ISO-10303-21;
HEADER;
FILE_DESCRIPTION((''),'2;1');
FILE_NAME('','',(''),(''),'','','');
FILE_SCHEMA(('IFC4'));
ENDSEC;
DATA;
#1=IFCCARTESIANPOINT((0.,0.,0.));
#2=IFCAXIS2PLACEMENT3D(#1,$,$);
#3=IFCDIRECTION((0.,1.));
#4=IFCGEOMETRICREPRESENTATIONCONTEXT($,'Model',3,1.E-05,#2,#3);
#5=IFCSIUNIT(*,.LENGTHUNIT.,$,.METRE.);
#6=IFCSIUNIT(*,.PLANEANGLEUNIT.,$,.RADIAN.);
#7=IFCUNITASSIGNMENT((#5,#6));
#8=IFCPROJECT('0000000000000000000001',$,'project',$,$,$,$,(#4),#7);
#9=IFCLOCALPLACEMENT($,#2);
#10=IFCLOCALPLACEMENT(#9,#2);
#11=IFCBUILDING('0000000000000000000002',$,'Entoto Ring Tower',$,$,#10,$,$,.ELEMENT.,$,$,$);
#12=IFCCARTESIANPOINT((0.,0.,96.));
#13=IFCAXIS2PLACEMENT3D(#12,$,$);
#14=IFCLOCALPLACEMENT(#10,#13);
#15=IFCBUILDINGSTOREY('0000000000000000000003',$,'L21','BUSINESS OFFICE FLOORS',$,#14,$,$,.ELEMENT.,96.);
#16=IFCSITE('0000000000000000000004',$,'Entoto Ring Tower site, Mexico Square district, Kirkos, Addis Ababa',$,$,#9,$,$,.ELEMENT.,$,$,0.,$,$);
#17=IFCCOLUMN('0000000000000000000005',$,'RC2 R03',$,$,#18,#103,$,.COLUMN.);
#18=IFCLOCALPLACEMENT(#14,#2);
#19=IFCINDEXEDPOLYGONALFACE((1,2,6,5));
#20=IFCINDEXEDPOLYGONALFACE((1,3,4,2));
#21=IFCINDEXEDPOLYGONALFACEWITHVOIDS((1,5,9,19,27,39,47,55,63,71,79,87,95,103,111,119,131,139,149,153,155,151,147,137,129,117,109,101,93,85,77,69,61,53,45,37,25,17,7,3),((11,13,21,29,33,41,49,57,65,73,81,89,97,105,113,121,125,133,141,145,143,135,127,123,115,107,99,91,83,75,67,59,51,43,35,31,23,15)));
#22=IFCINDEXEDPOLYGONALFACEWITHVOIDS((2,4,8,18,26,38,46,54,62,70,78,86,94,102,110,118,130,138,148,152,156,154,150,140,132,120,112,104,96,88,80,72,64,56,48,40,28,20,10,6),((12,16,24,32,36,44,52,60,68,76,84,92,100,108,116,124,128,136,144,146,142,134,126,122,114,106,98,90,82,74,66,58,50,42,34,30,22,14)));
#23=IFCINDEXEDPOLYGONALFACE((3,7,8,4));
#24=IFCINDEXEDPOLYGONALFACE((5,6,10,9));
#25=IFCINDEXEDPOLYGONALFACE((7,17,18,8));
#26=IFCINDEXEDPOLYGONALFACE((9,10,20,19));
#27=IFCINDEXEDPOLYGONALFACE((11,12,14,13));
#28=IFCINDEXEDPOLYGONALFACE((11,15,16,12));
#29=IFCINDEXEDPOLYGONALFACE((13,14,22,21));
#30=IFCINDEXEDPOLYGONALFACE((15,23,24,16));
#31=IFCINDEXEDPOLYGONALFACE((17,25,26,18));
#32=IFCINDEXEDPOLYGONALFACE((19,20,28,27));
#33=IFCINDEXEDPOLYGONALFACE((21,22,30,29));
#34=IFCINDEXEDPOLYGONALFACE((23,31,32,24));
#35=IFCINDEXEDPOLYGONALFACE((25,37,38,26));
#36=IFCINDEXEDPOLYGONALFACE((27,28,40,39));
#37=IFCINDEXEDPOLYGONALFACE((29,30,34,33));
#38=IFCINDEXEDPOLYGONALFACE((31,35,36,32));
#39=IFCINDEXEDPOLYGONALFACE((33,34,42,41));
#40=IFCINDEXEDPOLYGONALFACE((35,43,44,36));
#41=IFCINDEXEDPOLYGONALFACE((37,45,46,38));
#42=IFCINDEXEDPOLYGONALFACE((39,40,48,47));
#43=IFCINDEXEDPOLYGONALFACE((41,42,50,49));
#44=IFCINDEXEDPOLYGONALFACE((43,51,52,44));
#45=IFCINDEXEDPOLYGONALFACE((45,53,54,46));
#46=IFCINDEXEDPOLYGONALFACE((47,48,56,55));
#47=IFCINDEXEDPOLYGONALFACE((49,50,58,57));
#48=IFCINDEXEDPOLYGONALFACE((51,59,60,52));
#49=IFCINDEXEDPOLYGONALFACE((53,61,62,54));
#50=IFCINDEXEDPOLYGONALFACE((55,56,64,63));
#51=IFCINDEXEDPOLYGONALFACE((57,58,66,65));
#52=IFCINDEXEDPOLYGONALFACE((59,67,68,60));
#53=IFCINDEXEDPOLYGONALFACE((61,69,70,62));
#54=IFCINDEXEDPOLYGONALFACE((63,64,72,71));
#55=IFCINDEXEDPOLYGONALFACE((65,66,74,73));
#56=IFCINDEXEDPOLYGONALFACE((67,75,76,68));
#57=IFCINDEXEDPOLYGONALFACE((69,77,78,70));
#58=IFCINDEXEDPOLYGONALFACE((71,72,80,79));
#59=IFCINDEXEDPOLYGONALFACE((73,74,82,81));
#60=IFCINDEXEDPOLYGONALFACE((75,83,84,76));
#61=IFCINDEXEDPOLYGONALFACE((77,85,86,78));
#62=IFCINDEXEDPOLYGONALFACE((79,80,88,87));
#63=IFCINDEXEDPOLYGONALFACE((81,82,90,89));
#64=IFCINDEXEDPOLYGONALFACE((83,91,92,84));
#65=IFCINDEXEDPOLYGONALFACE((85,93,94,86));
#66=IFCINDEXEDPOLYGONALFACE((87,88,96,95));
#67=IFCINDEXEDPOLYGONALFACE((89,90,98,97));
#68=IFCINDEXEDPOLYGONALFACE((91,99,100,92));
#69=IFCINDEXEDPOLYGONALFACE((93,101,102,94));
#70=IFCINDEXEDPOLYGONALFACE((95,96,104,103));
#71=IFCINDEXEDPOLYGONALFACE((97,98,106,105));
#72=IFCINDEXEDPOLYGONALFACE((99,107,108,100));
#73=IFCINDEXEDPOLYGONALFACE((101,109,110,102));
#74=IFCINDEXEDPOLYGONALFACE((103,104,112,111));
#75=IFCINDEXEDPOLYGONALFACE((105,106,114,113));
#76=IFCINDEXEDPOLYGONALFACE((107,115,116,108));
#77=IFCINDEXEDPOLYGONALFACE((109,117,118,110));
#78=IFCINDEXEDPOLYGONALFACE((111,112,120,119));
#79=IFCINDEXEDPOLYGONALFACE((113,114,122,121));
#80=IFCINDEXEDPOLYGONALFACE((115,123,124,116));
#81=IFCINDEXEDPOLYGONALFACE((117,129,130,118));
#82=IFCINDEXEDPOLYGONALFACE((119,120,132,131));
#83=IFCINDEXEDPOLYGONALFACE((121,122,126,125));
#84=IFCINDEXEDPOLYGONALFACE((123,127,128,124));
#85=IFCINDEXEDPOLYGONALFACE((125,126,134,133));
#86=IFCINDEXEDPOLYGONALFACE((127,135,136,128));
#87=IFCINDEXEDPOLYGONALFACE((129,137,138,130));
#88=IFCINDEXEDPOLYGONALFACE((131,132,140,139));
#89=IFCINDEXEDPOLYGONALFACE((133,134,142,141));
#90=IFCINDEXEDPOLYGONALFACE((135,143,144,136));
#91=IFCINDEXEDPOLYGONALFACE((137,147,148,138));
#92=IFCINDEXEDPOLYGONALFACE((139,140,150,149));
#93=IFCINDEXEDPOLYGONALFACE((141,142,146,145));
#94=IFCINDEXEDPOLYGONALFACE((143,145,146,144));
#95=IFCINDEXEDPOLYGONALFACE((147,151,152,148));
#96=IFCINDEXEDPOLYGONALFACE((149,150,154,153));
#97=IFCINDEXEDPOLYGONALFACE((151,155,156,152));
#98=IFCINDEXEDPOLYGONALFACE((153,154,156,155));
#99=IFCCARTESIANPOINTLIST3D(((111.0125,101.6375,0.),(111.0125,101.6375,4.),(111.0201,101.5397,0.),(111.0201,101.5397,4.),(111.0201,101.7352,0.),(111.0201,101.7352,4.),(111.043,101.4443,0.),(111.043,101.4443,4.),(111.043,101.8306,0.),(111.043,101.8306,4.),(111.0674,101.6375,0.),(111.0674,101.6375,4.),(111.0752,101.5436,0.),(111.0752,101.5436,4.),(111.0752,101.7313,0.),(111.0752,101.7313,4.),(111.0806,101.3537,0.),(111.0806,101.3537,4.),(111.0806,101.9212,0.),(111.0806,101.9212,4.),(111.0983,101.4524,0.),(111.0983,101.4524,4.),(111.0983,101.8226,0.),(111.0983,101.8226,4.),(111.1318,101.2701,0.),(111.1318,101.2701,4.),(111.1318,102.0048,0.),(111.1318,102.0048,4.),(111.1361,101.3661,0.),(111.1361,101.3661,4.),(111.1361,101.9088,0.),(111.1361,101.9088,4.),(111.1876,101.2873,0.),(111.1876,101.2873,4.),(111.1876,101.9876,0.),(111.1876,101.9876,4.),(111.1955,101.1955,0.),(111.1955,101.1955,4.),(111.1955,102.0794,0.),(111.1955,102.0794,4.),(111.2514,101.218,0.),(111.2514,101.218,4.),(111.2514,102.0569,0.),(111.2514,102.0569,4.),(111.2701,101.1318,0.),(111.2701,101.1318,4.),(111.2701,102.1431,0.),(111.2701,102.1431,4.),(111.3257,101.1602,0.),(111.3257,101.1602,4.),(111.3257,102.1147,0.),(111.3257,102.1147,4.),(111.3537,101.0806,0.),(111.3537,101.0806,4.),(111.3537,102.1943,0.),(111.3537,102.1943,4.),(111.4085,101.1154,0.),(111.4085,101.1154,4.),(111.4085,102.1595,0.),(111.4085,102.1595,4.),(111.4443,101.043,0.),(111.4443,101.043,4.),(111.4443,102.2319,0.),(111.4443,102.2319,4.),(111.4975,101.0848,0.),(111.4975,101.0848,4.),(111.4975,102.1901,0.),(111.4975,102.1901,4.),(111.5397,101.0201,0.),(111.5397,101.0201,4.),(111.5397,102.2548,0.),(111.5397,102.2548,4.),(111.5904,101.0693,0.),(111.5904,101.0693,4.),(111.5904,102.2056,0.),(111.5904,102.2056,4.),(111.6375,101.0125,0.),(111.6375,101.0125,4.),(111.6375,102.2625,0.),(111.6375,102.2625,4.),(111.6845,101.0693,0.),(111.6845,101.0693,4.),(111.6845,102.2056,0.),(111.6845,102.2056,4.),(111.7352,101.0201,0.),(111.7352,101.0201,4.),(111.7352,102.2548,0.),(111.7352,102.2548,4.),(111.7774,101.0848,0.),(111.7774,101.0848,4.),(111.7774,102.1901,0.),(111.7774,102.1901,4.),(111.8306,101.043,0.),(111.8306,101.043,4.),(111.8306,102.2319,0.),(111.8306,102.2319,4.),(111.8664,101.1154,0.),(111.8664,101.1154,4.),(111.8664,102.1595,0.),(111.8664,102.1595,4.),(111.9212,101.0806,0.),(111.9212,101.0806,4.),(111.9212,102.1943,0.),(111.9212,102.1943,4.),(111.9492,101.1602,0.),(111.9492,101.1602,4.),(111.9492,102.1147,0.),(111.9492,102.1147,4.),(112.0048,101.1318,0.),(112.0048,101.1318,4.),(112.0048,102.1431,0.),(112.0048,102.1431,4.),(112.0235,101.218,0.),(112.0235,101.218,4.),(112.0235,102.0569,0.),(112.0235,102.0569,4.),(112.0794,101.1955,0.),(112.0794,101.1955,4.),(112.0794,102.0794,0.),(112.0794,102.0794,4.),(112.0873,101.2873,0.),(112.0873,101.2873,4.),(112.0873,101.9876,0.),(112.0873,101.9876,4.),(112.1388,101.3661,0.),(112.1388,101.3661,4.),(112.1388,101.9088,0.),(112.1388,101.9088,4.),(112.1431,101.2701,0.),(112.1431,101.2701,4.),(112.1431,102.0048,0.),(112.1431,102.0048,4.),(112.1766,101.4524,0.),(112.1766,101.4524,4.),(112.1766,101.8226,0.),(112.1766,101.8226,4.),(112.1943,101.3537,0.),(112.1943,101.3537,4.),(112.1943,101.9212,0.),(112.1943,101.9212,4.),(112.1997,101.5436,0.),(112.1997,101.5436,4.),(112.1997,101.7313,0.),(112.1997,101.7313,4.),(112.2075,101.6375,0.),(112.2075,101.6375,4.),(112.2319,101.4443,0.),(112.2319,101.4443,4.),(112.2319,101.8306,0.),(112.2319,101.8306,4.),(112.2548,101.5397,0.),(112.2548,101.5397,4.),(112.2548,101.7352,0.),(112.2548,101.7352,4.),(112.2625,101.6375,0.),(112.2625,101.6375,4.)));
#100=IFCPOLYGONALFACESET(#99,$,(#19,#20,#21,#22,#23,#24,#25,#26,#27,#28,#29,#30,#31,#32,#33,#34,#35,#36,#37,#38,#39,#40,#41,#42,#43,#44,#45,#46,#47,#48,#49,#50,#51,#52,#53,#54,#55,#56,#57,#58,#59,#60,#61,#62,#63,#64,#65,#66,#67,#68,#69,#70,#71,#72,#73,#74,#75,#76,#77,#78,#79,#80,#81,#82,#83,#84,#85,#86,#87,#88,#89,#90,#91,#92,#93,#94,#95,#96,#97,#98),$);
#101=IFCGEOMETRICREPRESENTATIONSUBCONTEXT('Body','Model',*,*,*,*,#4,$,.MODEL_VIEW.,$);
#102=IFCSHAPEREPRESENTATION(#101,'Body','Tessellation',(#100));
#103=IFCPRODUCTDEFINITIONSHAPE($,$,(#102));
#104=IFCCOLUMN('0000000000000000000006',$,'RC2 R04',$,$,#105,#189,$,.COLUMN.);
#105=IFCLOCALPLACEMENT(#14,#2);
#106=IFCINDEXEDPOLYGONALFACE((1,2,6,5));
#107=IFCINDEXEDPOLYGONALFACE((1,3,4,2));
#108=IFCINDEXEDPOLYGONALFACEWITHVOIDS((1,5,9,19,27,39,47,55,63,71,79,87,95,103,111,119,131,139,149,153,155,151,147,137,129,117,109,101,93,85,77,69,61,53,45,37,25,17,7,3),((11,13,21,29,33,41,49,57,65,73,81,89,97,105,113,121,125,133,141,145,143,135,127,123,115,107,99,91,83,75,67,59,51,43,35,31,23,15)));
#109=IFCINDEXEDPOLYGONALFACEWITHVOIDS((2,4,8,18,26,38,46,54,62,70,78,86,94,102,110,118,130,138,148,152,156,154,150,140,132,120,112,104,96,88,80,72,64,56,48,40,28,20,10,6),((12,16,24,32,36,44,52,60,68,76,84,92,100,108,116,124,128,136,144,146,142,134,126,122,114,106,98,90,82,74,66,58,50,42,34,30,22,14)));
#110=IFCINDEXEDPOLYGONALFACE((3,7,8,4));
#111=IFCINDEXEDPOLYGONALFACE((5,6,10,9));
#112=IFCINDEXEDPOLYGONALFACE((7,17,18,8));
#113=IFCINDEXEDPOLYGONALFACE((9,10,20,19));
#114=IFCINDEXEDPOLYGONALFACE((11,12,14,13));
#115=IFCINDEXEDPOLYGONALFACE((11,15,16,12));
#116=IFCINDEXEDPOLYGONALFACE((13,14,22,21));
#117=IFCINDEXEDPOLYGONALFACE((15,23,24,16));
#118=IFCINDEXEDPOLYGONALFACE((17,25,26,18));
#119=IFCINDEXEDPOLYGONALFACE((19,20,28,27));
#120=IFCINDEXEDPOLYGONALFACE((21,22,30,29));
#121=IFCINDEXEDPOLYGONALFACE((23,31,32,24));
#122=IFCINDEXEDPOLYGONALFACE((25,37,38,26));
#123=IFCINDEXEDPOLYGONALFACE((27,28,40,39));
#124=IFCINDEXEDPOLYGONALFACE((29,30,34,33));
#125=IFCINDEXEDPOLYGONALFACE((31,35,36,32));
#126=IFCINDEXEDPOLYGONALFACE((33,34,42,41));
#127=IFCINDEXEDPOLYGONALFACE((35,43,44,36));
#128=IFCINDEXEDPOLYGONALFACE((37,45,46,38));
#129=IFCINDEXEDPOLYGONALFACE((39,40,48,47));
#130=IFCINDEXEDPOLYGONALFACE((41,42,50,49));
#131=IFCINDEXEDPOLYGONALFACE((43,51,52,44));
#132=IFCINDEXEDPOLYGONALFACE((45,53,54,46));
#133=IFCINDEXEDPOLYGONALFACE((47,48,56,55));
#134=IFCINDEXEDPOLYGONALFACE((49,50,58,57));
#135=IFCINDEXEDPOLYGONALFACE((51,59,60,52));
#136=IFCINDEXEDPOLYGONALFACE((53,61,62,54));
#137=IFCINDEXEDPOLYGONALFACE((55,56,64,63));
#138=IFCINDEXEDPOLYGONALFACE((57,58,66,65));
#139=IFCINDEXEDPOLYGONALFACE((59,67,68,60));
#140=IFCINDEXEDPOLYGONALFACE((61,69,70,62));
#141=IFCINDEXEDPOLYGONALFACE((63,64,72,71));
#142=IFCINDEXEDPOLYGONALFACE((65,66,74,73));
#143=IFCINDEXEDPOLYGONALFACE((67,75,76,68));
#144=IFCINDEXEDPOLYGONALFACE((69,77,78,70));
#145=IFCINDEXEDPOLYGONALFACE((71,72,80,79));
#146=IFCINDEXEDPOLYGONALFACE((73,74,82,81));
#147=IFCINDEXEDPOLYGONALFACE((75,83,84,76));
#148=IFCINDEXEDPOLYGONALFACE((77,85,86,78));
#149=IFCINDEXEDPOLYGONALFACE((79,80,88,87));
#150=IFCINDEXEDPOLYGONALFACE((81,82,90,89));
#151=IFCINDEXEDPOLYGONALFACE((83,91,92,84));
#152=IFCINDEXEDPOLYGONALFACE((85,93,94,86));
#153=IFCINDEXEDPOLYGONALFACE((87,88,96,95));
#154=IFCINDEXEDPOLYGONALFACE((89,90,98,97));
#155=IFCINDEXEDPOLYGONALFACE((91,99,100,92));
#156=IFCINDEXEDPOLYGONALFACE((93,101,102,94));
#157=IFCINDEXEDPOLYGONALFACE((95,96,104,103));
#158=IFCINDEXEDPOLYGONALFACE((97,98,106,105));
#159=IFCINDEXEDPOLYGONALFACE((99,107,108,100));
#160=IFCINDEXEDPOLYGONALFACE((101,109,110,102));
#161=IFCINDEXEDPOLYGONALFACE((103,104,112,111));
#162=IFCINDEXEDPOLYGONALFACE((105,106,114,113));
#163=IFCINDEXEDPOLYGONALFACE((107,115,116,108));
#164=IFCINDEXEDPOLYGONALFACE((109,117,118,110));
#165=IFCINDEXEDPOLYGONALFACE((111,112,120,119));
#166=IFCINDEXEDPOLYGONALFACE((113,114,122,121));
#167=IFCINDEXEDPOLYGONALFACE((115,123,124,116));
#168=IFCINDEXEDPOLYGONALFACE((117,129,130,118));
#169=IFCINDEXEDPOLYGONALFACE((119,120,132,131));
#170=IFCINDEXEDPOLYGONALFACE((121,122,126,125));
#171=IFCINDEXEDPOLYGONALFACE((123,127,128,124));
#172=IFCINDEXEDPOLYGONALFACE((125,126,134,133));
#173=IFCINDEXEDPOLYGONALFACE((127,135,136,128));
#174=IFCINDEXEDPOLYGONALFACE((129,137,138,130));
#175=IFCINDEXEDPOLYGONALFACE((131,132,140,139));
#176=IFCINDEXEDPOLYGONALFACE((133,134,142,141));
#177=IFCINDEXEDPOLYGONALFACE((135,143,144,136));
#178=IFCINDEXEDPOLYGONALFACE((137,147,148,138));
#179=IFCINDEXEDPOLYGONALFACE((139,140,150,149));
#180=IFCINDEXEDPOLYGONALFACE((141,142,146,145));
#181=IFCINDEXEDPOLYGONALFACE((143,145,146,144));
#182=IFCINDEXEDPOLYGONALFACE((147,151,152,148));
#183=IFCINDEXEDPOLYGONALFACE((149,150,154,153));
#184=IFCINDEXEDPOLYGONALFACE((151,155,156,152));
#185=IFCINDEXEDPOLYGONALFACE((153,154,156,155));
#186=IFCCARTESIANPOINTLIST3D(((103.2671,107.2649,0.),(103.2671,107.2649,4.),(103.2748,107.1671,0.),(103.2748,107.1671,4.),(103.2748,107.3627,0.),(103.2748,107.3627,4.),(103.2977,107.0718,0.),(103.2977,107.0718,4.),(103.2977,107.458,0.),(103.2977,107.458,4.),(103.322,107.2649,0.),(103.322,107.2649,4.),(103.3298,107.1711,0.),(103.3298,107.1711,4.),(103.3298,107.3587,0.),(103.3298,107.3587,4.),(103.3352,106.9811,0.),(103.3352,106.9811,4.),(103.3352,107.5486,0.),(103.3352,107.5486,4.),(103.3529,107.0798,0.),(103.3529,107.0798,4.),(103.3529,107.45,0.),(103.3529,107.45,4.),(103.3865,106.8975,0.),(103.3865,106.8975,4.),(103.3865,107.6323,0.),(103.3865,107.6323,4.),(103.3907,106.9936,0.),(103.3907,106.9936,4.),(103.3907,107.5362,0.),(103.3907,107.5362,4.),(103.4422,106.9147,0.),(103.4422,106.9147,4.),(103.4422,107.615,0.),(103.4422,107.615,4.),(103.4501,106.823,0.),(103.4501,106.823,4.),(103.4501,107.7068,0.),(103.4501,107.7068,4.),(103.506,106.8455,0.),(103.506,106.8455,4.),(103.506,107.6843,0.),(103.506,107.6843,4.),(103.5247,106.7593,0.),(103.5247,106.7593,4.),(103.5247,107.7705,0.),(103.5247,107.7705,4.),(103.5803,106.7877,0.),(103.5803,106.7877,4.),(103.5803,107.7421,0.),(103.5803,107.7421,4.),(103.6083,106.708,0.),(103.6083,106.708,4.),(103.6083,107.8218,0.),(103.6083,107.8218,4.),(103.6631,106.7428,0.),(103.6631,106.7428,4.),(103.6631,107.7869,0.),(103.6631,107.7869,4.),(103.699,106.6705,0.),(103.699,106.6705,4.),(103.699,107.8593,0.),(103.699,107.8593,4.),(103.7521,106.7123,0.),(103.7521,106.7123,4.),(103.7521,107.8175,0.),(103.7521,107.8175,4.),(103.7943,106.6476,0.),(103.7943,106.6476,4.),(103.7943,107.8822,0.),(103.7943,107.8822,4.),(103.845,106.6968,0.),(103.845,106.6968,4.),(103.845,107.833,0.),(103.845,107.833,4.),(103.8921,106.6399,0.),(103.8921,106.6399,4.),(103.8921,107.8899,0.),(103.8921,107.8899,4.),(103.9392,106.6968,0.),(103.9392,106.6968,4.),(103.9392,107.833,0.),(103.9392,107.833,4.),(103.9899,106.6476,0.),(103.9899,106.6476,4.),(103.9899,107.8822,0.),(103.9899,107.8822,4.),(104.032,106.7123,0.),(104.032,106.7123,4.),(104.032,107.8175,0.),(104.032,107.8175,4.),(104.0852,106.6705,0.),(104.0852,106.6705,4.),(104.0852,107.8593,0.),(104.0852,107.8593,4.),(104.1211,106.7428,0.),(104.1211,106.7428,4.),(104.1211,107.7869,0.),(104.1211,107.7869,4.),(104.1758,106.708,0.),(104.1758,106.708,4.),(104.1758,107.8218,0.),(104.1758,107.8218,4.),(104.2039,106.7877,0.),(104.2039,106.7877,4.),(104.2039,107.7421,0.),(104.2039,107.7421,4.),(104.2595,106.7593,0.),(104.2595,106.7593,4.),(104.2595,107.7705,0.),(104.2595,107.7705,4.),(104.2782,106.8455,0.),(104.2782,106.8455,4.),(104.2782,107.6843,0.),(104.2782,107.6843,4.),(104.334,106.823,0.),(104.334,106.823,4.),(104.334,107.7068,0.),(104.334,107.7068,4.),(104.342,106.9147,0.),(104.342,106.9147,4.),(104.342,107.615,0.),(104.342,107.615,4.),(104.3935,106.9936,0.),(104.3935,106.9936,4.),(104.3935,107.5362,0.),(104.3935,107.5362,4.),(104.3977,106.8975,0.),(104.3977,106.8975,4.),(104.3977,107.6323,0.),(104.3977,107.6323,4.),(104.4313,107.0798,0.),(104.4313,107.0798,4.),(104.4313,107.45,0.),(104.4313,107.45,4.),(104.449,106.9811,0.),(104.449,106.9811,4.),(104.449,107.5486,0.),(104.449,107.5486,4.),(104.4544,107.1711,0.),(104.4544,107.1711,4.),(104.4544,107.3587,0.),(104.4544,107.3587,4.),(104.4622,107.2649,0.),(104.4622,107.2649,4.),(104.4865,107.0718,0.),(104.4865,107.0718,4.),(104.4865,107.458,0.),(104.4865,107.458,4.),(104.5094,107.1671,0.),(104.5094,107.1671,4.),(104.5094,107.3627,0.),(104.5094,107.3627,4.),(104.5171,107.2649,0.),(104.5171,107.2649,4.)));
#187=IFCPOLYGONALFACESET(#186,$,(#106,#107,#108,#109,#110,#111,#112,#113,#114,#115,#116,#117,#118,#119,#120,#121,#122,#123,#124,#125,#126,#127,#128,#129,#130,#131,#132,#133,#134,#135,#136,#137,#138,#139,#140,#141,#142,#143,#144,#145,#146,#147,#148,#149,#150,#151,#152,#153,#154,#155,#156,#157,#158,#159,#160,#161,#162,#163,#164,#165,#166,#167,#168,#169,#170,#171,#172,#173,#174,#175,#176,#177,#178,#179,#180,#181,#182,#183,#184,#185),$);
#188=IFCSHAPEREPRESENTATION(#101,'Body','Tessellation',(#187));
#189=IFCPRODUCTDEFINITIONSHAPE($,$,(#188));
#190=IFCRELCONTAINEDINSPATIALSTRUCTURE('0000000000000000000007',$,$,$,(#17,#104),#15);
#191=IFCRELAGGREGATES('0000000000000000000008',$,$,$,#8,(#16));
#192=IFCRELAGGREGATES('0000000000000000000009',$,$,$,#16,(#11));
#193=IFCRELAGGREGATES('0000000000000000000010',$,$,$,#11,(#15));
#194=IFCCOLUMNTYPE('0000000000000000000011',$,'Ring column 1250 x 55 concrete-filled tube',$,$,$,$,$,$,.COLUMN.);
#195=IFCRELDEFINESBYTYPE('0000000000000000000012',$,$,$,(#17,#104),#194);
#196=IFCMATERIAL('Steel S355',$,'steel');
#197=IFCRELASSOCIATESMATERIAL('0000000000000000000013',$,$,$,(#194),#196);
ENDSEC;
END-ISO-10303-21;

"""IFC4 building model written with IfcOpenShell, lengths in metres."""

from ifc_helpers import new_model, si_unit, direction, frame, origin, origin_2d, place, context, subcontext, project, spatial, circle, hollow_circle, extrude, material, material_profile, profile_set, type_object, element, save


model = new_model("IFC4")

# Units and contexts
model_context = context("Model", 3, precision=1e-05, world=origin(), true_north=direction((0.0, 1.0)))
body_context = subcontext(model_context, "Body", "Model", "MODEL_VIEW")
ifc_project = project(units=[si_unit("LENGTHUNIT", "METRE"), si_unit("PLANEANGLEUNIT", "RADIAN")], contexts=[model_context])

# Site, building, storey
site_placement = place(None, origin())
site = spatial("IfcSite", under=ifc_project, at=site_placement, Name="Entoto Ring Tower site, Mexico Square district, Kirkos, Addis Ababa", CompositionType="ELEMENT", RefElevation=0.0)
building_placement = place(site_placement, origin())
building = spatial("IfcBuilding", under=site, at=building_placement, Name="Entoto Ring Tower", CompositionType="ELEMENT")
storey_placement = place(building_placement, frame((0.0, 0.0, 96.0)))
storey = spatial("IfcBuildingStorey", under=building, at=storey_placement, Name="L21", Description="BUSINESS OFFICE FLOORS", CompositionType="ELEMENT", Elevation=96.0)

# Columns
ifc_material_1 = material(Name="Steel S355", Category="steel")
ifc_material_profile_1 = material_profile(ifc_material_1, hollow_circle(Radius=0.625, WallThickness=0.0549, at=origin_2d()), Name="CHS 1250 x 55")
ifc_material_2 = material(Name="Concrete C60/75", Category="concrete")
ifc_material_profile_2 = material_profile(ifc_material_2, circle(Radius=0.5701, at=origin_2d()), Name="Concrete C60/75 infill")
ifc_profile_set_1 = profile_set([ifc_material_profile_1, ifc_material_profile_2], Name="Steel S355")
column_type = type_object("IfcColumnType", Name="Ring column 1250 x 55 concrete-filled tube", PredefinedType="COLUMN", material=ifc_profile_set_1)
for number, where, z_axis, x_axis, name in (
    (1, (111.6375, 101.6375, 0.0), (0.0, 0.0, 1.0), (1.0, 0.0, 0.0), "RC2 R03"),
    (2, (103.8921, 107.2649, 0.0), (0.0, 0.0, 1.0), (1.0, 0.0, 0.0), "RC2 R04"),
):
    element("IfcColumn", number, at=place(storey_placement, frame(where, z_axis=z_axis, x_axis=x_axis)), inside=storey, type_object=column_type, Name=name, PredefinedType="COLUMN", context=body_context, shape_type="SweptSolid", body=[
        extrude(hollow_circle(Radius=0.625, WallThickness=0.0549, at=origin_2d()), origin(), (0.0, 0.0, 1.0), 4.0),
    ])

save(model, "model.ifc")
